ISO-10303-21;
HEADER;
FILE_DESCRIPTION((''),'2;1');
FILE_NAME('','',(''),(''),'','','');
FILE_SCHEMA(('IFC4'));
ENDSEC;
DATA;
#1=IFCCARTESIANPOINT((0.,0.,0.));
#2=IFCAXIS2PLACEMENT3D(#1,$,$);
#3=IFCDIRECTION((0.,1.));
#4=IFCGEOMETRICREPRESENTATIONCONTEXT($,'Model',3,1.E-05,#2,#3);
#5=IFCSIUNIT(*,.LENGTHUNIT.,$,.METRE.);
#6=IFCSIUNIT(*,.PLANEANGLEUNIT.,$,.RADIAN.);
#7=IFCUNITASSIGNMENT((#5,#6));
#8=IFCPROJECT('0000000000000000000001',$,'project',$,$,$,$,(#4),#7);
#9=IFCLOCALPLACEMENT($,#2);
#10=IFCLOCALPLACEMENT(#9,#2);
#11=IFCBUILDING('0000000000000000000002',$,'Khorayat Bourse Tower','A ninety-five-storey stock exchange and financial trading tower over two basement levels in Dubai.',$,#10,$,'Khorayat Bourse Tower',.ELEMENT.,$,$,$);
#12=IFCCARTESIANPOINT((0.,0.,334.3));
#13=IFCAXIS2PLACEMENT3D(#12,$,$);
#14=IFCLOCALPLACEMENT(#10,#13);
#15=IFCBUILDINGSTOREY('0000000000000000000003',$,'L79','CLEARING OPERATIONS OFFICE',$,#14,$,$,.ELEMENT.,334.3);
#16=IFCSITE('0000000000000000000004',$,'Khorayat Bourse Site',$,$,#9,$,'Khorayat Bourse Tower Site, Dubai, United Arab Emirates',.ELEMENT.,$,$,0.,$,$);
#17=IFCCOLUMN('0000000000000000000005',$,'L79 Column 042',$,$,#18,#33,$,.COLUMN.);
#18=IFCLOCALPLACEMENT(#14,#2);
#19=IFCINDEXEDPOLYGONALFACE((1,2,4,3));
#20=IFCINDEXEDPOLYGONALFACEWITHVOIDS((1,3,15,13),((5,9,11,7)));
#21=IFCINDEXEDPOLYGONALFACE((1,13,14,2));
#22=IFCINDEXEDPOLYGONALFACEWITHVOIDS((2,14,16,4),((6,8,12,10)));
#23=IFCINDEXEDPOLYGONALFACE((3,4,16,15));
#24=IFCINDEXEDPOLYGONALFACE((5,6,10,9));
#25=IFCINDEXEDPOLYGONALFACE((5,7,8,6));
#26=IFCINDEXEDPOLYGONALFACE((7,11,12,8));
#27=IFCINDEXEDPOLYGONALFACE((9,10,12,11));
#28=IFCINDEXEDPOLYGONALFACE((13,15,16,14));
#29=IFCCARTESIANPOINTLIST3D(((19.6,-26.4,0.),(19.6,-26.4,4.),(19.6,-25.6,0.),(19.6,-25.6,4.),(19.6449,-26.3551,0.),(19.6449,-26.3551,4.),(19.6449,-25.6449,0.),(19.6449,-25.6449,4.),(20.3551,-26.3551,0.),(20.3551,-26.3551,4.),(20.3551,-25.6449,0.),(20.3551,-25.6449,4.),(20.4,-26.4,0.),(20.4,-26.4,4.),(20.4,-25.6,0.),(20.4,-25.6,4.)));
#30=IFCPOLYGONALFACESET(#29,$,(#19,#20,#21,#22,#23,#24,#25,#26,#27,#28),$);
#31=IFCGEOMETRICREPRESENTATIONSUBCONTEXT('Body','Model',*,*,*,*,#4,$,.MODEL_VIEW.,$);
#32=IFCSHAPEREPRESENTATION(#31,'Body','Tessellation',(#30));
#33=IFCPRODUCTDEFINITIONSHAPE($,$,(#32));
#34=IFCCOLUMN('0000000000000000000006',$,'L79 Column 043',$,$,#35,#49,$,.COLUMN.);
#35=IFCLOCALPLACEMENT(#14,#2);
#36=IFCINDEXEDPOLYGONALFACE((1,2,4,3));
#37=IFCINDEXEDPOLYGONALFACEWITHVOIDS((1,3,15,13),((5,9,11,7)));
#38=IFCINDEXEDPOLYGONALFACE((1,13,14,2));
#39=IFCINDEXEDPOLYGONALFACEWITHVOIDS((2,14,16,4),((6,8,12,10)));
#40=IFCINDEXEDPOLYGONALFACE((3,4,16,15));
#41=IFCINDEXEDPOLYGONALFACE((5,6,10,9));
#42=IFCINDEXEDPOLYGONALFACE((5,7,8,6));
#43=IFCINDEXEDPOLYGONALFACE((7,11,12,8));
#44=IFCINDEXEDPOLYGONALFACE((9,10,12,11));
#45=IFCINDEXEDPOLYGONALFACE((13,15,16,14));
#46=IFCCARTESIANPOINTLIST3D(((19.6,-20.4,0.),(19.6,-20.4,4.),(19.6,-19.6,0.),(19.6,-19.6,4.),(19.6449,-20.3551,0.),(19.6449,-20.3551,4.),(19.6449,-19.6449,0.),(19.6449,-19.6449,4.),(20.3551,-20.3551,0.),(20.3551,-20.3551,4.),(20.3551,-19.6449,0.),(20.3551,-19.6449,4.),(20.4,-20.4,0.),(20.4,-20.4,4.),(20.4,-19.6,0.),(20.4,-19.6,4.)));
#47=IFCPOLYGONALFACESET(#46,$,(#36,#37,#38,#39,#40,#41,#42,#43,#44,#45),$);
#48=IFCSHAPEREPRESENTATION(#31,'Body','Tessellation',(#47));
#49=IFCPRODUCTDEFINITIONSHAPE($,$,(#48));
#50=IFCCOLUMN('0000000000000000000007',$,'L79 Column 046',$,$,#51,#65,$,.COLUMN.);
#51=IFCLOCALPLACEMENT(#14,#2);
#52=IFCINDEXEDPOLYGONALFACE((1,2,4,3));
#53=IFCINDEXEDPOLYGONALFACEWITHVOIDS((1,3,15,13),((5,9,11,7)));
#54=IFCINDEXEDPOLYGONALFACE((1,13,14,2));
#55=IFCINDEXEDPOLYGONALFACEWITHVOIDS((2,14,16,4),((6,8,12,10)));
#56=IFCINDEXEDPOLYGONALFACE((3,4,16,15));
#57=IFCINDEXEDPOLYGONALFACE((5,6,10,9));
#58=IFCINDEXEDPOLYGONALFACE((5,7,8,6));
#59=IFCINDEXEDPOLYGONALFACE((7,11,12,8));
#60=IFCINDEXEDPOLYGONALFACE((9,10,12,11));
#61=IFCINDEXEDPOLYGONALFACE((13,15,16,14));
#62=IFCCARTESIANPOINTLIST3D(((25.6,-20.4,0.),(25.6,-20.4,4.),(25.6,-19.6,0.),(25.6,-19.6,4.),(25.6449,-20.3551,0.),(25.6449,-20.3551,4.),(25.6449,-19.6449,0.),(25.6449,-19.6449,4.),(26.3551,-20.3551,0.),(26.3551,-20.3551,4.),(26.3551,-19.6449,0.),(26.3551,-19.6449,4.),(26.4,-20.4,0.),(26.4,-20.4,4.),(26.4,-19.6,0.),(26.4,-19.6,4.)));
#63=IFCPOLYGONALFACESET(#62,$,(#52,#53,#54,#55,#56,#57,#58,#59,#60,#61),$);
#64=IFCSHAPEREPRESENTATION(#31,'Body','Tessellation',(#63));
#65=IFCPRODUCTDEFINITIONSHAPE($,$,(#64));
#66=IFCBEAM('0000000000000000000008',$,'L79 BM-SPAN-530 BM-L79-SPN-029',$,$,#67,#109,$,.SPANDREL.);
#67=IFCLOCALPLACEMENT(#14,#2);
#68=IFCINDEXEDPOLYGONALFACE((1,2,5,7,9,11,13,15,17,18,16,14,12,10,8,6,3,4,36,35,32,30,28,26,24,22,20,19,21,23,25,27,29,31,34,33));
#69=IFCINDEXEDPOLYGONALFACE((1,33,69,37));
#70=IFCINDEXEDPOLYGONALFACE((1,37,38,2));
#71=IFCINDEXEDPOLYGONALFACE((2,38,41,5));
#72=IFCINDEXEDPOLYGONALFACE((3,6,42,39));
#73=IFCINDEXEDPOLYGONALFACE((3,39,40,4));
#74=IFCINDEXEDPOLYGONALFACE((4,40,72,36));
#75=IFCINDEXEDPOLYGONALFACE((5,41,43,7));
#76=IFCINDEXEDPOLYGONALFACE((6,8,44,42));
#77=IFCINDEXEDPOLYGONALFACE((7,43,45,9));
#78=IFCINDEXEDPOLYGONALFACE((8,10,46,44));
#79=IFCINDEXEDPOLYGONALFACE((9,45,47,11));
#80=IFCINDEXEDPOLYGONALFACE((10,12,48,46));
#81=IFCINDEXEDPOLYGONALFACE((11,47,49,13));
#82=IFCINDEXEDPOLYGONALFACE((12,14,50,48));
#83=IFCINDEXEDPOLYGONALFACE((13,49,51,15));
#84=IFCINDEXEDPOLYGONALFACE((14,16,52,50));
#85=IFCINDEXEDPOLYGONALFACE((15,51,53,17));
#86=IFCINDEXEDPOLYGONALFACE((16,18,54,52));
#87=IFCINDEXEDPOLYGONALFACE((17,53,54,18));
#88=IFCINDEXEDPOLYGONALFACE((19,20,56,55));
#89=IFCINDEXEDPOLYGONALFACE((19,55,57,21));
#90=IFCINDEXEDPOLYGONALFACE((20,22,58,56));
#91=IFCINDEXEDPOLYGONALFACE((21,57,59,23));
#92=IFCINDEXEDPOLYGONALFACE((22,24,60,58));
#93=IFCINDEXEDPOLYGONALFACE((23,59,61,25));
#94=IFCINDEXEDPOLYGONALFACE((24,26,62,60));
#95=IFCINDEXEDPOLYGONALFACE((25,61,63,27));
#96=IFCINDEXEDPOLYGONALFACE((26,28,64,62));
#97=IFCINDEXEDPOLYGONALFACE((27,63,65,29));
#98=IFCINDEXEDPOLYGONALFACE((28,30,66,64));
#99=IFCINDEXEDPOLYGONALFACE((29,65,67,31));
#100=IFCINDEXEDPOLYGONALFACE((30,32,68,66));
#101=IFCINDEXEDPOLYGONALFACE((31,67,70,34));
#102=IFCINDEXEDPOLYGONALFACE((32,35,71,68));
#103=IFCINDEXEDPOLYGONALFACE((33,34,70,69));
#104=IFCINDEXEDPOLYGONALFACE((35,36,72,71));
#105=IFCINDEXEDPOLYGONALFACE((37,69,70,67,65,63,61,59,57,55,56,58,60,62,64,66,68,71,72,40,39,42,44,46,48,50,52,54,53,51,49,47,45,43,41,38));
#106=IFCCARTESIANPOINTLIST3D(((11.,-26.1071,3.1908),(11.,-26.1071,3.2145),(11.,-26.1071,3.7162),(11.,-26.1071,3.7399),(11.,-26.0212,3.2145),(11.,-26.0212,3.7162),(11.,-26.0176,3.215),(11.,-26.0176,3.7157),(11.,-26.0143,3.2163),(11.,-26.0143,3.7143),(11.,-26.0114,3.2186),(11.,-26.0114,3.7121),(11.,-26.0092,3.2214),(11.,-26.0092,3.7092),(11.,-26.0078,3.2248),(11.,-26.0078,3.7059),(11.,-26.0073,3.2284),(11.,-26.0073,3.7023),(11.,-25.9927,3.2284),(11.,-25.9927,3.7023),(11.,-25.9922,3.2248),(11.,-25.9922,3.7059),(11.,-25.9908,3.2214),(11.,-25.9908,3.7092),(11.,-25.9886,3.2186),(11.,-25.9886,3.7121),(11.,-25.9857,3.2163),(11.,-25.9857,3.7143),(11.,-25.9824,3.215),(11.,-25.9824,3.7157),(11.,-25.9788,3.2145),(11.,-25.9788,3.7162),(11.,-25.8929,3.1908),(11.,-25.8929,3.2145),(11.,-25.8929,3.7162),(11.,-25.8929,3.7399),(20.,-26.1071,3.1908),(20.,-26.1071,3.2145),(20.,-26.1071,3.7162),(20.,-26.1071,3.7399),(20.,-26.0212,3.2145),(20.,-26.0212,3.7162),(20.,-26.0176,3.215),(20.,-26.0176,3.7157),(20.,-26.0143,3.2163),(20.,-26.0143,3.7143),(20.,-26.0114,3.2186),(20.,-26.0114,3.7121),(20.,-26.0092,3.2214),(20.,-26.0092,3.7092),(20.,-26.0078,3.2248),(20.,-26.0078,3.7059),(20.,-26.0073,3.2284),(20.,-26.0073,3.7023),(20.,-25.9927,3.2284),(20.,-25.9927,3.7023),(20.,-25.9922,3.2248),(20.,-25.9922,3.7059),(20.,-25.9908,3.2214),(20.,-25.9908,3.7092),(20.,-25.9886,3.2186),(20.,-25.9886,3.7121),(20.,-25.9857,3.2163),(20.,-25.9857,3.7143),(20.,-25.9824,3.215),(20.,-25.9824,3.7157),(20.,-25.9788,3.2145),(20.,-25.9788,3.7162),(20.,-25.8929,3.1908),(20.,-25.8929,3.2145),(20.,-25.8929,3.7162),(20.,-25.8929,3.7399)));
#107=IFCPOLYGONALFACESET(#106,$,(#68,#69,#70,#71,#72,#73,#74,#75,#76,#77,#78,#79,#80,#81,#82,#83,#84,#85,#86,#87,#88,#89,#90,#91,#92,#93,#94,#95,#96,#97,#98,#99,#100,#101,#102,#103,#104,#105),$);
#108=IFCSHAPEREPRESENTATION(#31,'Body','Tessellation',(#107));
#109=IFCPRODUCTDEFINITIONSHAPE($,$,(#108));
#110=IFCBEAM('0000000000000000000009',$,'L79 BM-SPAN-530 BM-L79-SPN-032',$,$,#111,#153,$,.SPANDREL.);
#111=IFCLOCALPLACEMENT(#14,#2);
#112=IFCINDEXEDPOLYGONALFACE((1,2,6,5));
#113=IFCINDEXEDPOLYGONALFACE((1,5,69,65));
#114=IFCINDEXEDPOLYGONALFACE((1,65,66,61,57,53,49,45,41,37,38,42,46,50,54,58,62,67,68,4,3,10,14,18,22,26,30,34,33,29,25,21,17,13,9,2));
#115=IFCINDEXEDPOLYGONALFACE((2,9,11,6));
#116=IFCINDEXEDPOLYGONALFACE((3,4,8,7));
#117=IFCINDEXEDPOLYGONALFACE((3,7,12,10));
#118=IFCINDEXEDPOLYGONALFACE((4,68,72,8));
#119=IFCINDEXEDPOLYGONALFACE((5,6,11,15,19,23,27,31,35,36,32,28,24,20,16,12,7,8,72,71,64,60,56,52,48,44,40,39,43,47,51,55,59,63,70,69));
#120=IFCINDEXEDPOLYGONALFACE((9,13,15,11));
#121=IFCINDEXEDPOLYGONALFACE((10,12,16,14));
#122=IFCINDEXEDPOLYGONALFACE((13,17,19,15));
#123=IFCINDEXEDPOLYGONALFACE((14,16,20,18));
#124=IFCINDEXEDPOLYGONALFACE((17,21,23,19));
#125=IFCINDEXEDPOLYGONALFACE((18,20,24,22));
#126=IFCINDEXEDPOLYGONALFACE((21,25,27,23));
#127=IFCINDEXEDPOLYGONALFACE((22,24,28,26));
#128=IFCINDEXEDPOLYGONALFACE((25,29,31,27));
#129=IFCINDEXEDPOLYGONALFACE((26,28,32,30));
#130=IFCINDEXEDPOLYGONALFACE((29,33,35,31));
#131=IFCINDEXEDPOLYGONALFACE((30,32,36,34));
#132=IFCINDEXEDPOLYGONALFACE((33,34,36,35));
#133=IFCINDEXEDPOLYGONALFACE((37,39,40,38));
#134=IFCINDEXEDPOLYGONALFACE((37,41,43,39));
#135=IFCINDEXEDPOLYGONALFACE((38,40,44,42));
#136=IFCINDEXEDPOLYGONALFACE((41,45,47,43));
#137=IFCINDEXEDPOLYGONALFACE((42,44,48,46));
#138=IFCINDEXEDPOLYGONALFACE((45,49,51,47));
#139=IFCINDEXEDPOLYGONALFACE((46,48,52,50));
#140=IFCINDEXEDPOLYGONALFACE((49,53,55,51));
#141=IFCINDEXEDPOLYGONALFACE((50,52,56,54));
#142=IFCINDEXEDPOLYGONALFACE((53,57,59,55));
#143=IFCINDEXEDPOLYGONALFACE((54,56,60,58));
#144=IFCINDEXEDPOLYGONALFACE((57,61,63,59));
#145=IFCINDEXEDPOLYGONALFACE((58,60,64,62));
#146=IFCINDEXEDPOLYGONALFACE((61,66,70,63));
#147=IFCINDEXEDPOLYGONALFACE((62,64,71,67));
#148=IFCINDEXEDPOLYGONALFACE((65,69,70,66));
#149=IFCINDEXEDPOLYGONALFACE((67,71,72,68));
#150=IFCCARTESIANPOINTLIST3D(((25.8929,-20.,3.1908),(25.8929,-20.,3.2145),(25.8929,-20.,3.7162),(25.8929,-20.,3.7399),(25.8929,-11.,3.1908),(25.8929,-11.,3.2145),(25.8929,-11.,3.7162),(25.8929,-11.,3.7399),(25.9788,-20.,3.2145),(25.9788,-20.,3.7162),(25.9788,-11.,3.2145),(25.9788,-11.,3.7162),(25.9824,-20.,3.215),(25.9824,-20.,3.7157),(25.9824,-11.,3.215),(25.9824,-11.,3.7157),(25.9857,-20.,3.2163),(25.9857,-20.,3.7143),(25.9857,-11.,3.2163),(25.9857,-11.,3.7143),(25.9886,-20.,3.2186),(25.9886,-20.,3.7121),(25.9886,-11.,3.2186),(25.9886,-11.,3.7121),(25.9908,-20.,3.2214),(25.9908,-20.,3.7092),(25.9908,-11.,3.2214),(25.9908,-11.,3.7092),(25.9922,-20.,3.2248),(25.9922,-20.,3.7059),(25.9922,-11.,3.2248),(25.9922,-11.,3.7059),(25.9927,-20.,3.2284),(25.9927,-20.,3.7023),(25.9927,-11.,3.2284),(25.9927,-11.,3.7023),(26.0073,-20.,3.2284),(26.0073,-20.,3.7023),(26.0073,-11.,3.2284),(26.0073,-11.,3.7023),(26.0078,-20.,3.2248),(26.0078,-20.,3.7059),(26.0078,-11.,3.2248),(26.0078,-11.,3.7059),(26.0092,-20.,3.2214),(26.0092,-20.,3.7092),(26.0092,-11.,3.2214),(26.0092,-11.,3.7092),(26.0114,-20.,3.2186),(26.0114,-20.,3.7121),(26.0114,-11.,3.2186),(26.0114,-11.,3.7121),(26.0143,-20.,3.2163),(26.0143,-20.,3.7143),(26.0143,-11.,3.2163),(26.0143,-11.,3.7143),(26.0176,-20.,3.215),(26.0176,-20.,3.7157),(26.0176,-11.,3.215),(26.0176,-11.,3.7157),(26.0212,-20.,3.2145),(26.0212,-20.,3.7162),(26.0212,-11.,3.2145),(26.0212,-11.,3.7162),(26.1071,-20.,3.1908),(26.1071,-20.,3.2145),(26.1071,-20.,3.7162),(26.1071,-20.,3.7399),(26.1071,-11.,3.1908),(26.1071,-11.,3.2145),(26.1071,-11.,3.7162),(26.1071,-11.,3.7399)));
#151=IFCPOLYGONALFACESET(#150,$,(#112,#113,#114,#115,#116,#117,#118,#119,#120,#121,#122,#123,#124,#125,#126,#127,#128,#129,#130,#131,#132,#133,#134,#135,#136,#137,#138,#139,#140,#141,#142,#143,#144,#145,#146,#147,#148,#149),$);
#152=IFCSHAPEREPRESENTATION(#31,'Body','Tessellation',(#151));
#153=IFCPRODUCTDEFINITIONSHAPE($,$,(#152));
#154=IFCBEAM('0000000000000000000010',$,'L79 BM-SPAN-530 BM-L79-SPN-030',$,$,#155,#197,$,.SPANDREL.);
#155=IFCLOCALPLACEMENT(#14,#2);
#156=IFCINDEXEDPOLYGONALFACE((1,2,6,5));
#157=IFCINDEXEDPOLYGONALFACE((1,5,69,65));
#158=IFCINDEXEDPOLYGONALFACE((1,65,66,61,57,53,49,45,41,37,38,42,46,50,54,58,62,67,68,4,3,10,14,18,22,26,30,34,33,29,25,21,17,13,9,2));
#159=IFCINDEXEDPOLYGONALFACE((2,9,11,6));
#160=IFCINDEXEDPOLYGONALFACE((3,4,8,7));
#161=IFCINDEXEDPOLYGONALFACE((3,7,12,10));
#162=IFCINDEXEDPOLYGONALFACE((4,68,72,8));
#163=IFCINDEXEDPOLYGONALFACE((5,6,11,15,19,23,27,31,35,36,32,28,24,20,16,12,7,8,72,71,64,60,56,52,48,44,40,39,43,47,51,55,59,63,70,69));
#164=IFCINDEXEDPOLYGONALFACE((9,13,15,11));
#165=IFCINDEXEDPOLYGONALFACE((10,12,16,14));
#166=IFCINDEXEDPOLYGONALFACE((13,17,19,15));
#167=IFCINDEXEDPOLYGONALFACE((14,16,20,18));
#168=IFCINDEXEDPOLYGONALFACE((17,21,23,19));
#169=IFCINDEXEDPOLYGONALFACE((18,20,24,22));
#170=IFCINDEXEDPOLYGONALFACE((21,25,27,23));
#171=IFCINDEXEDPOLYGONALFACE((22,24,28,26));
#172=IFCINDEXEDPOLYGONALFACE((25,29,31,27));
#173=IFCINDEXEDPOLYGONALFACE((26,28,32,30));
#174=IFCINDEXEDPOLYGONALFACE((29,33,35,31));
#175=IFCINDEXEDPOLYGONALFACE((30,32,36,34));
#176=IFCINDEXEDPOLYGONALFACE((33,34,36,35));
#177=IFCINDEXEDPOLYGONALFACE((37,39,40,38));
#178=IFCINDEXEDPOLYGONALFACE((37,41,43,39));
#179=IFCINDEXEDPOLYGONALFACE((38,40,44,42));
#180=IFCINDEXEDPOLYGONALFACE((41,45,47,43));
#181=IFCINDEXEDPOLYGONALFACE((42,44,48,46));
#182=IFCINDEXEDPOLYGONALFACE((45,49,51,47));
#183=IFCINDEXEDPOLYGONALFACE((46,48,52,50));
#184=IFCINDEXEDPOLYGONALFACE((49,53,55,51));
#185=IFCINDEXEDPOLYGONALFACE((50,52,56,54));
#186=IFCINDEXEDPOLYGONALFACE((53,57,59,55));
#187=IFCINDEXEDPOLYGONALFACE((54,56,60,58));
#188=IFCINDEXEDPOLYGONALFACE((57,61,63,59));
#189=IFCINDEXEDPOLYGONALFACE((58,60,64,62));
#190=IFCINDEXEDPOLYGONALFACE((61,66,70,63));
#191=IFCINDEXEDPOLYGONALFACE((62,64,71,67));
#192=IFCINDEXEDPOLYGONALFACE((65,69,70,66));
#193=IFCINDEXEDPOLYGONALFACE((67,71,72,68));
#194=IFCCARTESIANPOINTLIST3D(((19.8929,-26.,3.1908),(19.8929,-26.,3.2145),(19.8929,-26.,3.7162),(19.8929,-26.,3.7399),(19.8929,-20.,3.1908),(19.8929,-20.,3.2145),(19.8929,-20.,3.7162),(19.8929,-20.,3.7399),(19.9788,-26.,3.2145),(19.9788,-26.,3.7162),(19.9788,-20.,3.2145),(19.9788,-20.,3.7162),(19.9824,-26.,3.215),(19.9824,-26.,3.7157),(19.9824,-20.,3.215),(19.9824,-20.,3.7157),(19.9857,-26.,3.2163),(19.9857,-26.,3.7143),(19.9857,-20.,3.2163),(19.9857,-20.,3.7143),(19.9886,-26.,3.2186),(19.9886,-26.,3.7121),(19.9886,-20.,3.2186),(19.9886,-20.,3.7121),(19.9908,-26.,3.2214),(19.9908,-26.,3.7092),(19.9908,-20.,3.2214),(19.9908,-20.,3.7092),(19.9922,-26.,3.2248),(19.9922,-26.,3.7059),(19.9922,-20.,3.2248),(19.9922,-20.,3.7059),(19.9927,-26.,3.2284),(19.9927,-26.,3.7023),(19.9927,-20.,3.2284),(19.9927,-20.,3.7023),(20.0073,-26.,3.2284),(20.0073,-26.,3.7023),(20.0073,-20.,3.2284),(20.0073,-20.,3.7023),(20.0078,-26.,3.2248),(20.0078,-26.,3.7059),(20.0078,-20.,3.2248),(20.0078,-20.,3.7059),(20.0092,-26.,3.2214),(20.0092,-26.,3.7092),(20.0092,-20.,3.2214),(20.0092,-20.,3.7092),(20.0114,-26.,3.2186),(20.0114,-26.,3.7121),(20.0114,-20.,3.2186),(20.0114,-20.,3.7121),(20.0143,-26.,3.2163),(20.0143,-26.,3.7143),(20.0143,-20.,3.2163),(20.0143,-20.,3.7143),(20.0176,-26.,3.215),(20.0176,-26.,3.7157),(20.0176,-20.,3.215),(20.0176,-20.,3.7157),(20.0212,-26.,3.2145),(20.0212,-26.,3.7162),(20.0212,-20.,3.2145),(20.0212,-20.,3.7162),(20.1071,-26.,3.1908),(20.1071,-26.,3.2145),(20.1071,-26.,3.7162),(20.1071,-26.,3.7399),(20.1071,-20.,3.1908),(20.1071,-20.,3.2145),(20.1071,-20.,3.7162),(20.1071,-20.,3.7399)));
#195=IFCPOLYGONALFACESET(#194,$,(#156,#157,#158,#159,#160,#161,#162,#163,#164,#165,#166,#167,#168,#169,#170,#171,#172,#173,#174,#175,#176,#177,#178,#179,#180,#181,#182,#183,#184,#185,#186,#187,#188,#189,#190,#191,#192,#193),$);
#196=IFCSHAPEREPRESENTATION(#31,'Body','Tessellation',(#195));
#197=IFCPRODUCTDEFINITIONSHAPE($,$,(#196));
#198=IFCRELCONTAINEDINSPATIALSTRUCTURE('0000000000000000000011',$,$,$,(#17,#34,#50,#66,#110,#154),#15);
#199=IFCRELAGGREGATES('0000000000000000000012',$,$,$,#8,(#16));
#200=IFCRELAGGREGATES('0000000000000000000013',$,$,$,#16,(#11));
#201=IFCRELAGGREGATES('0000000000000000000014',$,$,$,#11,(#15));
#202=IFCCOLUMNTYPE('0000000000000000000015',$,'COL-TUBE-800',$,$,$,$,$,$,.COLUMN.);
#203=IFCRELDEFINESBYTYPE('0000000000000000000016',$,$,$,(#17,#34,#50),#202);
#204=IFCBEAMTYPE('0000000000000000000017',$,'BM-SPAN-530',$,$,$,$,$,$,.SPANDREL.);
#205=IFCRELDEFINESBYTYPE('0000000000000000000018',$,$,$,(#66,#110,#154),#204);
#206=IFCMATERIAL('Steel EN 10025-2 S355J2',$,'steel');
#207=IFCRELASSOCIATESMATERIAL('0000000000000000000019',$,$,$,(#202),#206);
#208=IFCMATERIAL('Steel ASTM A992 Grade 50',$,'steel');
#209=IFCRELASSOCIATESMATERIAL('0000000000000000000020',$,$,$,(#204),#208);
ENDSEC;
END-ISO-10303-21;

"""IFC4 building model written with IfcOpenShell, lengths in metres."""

from ifc_helpers import new_model, si_unit, direction, frame, origin, origin_2d, place, context, subcontext, project, spatial, hollow_rectangle, i_section, extrude, source, transform, mapped, material, material_profile, profile_set, type_object, element, save


model = new_model("IFC4")

# Units and contexts
model_context = context("Model", 3, precision=1e-05, world=origin(), true_north=direction((0.0, 1.0)))
body_context = subcontext(model_context, "Body", "Model", "MODEL_VIEW")
ifc_project = project(units=[si_unit("LENGTHUNIT", "METRE"), si_unit("PLANEANGLEUNIT", "RADIAN")], contexts=[model_context])

# Site, building, storey
site_placement = place(None, origin())
site = spatial("IfcSite", under=ifc_project, at=site_placement, Name="Khorayat Bourse Site", LongName="Khorayat Bourse Tower Site, Dubai, United Arab Emirates", CompositionType="ELEMENT", RefElevation=0.0)
building_placement = place(site_placement, origin())
building = spatial("IfcBuilding", under=site, at=building_placement, Name="Khorayat Bourse Tower", Description="A ninety-five-storey stock exchange and financial trading tower over two basement levels in Dubai.", LongName="Khorayat Bourse Tower", CompositionType="ELEMENT")
storey_placement = place(building_placement, frame((0.0, 0.0, 334.3)))
storey = spatial("IfcBuildingStorey", under=building, at=storey_placement, Name="L79", Description="CLEARING OPERATIONS OFFICE", CompositionType="ELEMENT", Elevation=334.3)

# Columns
ifc_material_1 = material(Name="Steel EN 10025-2 S355J2", Category="steel")
ifc_material_profile_1 = material_profile(ifc_material_1, hollow_rectangle(XDim=0.8, YDim=0.8, WallThickness=0.0449, at=origin_2d()), Name="BOX 800x800x45")
ifc_profile_set_1 = profile_set([ifc_material_profile_1], Name="Steel EN 10025-2 S355J2")
column_type = type_object("IfcColumnType", Name="COL-TUBE-800", PredefinedType="COLUMN", material=ifc_profile_set_1)
shared_shape_1 = source(origin(), body_context, "Body", "SweptSolid", [
    extrude(hollow_rectangle(XDim=0.8, YDim=0.8, WallThickness=0.0449, at=origin_2d()), origin(), (0.0, 0.0, 1.0), 4.0),
])
for number, where, z_axis, x_axis, name in (
    (1, (20.0, -26.0, 0.0), (0.0, 0.0, 1.0), (1.0, 0.0, 0.0), "L79 Column 042"),
    (2, (20.0, -20.0, 0.0), (0.0, 0.0, 1.0), (1.0, 0.0, 0.0), "L79 Column 043"),
    (3, (26.0, -20.0, 0.0), (0.0, 0.0, 1.0), (1.0, 0.0, 0.0), "L79 Column 046"),
):
    element("IfcColumn", number, at=place(storey_placement, frame(where, z_axis=z_axis, x_axis=x_axis)), inside=storey, type_object=column_type, Name=name, PredefinedType="COLUMN", context=body_context, shape_type="MappedRepresentation", body=[
        mapped(shared_shape_1, transform((0.0, 0.0, 0.0), scale=1.0)),
    ])

# Beams
ifc_material_2 = material(Name="Steel ASTM A992 Grade 50", Category="steel")
ifc_material_profile_2 = material_profile(ifc_material_2, i_section(OverallWidth=0.2141, OverallDepth=0.5491, WebThickness=0.0146, FlangeThickness=0.0237, FilletRadius=0.0139, at=origin_2d()), Name="W530X138")
ifc_profile_set_2 = profile_set([ifc_material_profile_2], Name="Steel ASTM A992 Grade 50")
beam_type_1 = type_object("IfcBeamType", Name="BM-SPAN-530", PredefinedType="SPANDREL", material=ifc_profile_set_2)
shared_shape_2 = source(origin(), body_context, "Body", "SweptSolid", [
    extrude(i_section(OverallWidth=0.2141, OverallDepth=0.5491, WebThickness=0.0146, FlangeThickness=0.0237, FilletRadius=0.0139, at=origin_2d()), origin(), (0.0, 0.0, 1.0), 9.0),
])
for number, where, z_axis, x_axis, name in (
    (4, (11.0, -26.0, 3.4653), (1.0, 0.0, 0.0), (0.0, 1.0, 0.0), "L79 BM-SPAN-530 BM-L79-SPN-029"),
    (5, (26.0, -20.0, 3.4653), (0.0, 1.0, 0.0), (-1.0, 0.0, 0.0), "L79 BM-SPAN-530 BM-L79-SPN-032"),
):
    element("IfcBeam", number, at=place(storey_placement, frame(where, z_axis=z_axis, x_axis=x_axis)), inside=storey, type_object=beam_type_1, Name=name, PredefinedType="SPANDREL", context=body_context, shape_type="MappedRepresentation", body=[
        mapped(shared_shape_2, transform((0.0, 0.0, 0.0), scale=1.0)),
    ])
shared_shape_3 = source(origin(), body_context, "Body", "SweptSolid", [
    extrude(i_section(OverallWidth=0.2141, OverallDepth=0.5491, WebThickness=0.0146, FlangeThickness=0.0237, FilletRadius=0.0139, at=origin_2d()), origin(), (0.0, 0.0, 1.0), 6.0),
])
for number, where, z_axis, x_axis, name in (
    (6, (20.0, -26.0, 3.4653), (0.0, 1.0, 0.0), (-1.0, 0.0, 0.0), "L79 BM-SPAN-530 BM-L79-SPN-030"),
):
    element("IfcBeam", number, at=place(storey_placement, frame(where, z_axis=z_axis, x_axis=x_axis)), inside=storey, type_object=beam_type_1, Name=name, PredefinedType="SPANDREL", context=body_context, shape_type="MappedRepresentation", body=[
        mapped(shared_shape_3, transform((0.0, 0.0, 0.0), scale=1.0)),
    ])

save(model, "model.ifc")
